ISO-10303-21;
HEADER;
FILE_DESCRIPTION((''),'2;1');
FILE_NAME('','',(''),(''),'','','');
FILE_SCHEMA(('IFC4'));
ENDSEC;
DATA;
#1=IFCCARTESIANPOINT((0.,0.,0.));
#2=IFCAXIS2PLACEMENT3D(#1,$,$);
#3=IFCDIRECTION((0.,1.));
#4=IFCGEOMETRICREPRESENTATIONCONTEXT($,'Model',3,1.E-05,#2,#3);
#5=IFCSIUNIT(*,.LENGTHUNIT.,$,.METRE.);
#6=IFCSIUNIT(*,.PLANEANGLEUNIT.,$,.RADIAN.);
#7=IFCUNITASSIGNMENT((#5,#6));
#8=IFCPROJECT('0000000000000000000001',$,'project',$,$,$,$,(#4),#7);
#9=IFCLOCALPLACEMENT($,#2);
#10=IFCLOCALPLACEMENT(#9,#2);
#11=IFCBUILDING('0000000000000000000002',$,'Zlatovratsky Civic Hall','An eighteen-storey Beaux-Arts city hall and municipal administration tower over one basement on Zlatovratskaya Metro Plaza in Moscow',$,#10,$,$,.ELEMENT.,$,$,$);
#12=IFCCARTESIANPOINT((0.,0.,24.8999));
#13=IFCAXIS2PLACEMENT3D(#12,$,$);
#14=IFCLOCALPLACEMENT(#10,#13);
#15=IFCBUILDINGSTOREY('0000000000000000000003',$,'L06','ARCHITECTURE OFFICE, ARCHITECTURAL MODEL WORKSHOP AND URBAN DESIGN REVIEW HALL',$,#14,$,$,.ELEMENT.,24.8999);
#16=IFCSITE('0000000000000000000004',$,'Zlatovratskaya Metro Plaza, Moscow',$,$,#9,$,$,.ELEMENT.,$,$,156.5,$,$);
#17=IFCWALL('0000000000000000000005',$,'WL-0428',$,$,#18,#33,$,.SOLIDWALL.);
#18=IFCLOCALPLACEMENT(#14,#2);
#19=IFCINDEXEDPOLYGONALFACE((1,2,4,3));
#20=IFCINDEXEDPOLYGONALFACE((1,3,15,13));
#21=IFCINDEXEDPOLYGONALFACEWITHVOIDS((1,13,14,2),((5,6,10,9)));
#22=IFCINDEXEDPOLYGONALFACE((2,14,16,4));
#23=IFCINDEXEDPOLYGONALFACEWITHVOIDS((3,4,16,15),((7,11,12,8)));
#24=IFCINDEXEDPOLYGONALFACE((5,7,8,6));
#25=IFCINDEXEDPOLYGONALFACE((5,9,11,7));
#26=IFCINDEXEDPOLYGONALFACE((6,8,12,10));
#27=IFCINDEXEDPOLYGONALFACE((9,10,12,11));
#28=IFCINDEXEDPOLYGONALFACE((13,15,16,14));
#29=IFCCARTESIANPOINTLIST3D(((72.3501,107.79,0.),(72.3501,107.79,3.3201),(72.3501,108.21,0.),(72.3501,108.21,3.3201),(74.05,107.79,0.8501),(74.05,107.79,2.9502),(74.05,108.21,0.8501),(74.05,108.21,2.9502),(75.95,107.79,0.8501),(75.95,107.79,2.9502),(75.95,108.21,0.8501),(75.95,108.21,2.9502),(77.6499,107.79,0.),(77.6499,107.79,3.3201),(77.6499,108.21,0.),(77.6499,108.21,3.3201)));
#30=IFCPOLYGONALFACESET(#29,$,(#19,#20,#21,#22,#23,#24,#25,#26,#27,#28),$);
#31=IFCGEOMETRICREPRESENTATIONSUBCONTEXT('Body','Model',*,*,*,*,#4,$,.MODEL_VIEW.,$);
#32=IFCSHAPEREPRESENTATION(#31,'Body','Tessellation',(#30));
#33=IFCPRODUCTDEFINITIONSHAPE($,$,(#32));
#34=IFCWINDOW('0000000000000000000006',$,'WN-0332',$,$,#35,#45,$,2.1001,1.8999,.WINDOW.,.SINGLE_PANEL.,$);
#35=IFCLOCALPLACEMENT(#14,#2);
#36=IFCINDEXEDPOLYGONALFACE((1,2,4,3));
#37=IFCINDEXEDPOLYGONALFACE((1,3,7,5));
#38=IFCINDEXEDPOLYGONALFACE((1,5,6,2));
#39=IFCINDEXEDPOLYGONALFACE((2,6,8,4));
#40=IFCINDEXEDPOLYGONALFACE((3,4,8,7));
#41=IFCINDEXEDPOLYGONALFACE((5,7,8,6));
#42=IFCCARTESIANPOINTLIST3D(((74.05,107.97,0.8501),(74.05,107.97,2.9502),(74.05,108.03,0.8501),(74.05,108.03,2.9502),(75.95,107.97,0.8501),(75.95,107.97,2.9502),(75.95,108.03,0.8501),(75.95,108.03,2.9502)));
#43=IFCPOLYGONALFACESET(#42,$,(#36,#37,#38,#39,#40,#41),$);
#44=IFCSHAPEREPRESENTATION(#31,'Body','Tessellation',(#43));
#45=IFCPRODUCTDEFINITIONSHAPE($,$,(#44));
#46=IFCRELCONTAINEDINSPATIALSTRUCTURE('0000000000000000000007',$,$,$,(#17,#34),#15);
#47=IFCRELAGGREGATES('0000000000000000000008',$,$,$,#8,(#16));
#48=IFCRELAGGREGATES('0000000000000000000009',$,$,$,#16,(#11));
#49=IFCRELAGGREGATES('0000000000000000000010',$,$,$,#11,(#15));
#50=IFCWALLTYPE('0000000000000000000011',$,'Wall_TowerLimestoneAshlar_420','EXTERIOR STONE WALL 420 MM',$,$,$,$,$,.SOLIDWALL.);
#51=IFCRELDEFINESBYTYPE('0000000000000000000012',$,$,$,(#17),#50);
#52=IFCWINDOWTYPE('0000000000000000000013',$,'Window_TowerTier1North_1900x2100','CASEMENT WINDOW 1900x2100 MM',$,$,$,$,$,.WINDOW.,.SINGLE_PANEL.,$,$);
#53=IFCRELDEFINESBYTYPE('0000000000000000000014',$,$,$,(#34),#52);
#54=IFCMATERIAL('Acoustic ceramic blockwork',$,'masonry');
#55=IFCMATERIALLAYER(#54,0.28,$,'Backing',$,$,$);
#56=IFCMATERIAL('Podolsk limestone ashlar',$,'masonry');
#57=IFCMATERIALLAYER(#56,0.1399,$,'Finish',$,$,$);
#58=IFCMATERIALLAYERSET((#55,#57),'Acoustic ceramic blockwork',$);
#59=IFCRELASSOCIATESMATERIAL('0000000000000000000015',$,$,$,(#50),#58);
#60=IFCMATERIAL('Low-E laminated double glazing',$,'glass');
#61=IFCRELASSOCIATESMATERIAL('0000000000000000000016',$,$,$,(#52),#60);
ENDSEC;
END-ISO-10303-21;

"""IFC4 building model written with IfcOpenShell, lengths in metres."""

from ifc_helpers import new_model, si_unit, direction, frame, frame_2d, origin, place, context, subcontext, project, spatial, rectangle, extrude, material, layer, layer_set, type_object, element, fill, save


model = new_model("IFC4")

# Units and contexts
model_context = context("Model", 3, precision=1e-05, world=origin(), true_north=direction((0.0, 1.0)))
body_context = subcontext(model_context, "Body", "Model", "MODEL_VIEW")
ifc_project = project(units=[si_unit("LENGTHUNIT", "METRE"), si_unit("PLANEANGLEUNIT", "RADIAN")], contexts=[model_context])

# Site, building, storey
site_placement = place(None, origin())
site = spatial("IfcSite", under=ifc_project, at=site_placement, Name="Zlatovratskaya Metro Plaza, Moscow", CompositionType="ELEMENT", RefElevation=156.5)
building_placement = place(site_placement, origin())
building = spatial("IfcBuilding", under=site, at=building_placement, Name="Zlatovratsky Civic Hall", Description="An eighteen-storey Beaux-Arts city hall and municipal administration tower over one basement on Zlatovratskaya Metro Plaza in Moscow", CompositionType="ELEMENT")
storey_placement = place(building_placement, frame((0.0, 0.0, 24.8999)))
storey = spatial("IfcBuildingStorey", under=building, at=storey_placement, Name="L06", Description="ARCHITECTURE OFFICE, ARCHITECTURAL MODEL WORKSHOP AND URBAN DESIGN REVIEW HALL", CompositionType="ELEMENT", Elevation=24.8999)

# Wall, opening, window
ifc_material_1 = material(Name="Acoustic ceramic blockwork", Category="masonry")
ifc_layer_1 = layer(ifc_material_1, 0.28, Name="Backing")
ifc_material_2 = material(Name="Podolsk limestone ashlar", Category="masonry")
ifc_layer_2 = layer(ifc_material_2, 0.1399, Name="Finish")
ifc_layer_set_1 = layer_set([ifc_layer_1, ifc_layer_2], Name="Acoustic ceramic blockwork")
wall_type_1 = type_object("IfcWallType", Name="Wall_TowerLimestoneAshlar_420", Description="EXTERIOR STONE WALL 420 MM", PredefinedType="SOLIDWALL", material=ifc_layer_set_1)
wall_1_placement = place(storey_placement, frame((72.3501, 108.0, 0.0), z_axis=(0.0, 0.0, 1.0), x_axis=(1.0, 0.0, 0.0)))
wall_1 = element("IfcWall", 1, at=wall_1_placement, inside=storey, type_object=wall_type_1, Name="WL-0428", PredefinedType="SOLIDWALL", context=body_context, shape_type="SweptSolid", body=[
    extrude(rectangle(XDim=5.2998, YDim=0.4199, at=frame_2d((2.6499, 0.0))), origin(), (0.0, 0.0, 1.0), 3.3201),
])
opening_1_placement = place(wall_1_placement, frame((1.7, 0.0, 0.8501)))
opening_1 = element("IfcOpeningElement", 2, at=opening_1_placement, cuts=wall_1, PredefinedType="OPENING", context=body_context, shape_type="SweptSolid", body=[
    extrude(rectangle(XDim=1.8999, YDim=2.1001, at=frame_2d((0.95, 1.05))), frame((0.0, 0.2249, 0.0), z_axis=(0.0, -1.0, 0.0), x_axis=(1.0, 0.0, 0.0)), (0.0, 0.0, 1.0), 0.4497),
])
ifc_material_3 = material(Name="Low-E laminated double glazing", Category="glass")
window_type = type_object("IfcWindowType", Name="Window_TowerTier1North_1900x2100", Description="CASEMENT WINDOW 1900x2100 MM", PartitioningType="SINGLE_PANEL", PredefinedType="WINDOW", material=ifc_material_3)
window_placement = place(opening_1_placement, origin())
window = element("IfcWindow", 3, at=window_placement, inside=storey, type_object=window_type, Name="WN-0332", OverallHeight=2.1001, OverallWidth=1.8999, PartitioningType="SINGLE_PANEL", PredefinedType="WINDOW", context=body_context, shape_type="SweptSolid", body=[
    extrude(rectangle(XDim=1.8999, YDim=2.1001, at=frame_2d((0.95, 1.05))), frame((0.0, 0.03, 0.0), z_axis=(0.0, -1.0, 0.0), x_axis=(1.0, 0.0, 0.0)), (0.0, 0.0, 1.0), 0.0601),
])
fill(opening_1, window)

save(model, "model.ifc")
